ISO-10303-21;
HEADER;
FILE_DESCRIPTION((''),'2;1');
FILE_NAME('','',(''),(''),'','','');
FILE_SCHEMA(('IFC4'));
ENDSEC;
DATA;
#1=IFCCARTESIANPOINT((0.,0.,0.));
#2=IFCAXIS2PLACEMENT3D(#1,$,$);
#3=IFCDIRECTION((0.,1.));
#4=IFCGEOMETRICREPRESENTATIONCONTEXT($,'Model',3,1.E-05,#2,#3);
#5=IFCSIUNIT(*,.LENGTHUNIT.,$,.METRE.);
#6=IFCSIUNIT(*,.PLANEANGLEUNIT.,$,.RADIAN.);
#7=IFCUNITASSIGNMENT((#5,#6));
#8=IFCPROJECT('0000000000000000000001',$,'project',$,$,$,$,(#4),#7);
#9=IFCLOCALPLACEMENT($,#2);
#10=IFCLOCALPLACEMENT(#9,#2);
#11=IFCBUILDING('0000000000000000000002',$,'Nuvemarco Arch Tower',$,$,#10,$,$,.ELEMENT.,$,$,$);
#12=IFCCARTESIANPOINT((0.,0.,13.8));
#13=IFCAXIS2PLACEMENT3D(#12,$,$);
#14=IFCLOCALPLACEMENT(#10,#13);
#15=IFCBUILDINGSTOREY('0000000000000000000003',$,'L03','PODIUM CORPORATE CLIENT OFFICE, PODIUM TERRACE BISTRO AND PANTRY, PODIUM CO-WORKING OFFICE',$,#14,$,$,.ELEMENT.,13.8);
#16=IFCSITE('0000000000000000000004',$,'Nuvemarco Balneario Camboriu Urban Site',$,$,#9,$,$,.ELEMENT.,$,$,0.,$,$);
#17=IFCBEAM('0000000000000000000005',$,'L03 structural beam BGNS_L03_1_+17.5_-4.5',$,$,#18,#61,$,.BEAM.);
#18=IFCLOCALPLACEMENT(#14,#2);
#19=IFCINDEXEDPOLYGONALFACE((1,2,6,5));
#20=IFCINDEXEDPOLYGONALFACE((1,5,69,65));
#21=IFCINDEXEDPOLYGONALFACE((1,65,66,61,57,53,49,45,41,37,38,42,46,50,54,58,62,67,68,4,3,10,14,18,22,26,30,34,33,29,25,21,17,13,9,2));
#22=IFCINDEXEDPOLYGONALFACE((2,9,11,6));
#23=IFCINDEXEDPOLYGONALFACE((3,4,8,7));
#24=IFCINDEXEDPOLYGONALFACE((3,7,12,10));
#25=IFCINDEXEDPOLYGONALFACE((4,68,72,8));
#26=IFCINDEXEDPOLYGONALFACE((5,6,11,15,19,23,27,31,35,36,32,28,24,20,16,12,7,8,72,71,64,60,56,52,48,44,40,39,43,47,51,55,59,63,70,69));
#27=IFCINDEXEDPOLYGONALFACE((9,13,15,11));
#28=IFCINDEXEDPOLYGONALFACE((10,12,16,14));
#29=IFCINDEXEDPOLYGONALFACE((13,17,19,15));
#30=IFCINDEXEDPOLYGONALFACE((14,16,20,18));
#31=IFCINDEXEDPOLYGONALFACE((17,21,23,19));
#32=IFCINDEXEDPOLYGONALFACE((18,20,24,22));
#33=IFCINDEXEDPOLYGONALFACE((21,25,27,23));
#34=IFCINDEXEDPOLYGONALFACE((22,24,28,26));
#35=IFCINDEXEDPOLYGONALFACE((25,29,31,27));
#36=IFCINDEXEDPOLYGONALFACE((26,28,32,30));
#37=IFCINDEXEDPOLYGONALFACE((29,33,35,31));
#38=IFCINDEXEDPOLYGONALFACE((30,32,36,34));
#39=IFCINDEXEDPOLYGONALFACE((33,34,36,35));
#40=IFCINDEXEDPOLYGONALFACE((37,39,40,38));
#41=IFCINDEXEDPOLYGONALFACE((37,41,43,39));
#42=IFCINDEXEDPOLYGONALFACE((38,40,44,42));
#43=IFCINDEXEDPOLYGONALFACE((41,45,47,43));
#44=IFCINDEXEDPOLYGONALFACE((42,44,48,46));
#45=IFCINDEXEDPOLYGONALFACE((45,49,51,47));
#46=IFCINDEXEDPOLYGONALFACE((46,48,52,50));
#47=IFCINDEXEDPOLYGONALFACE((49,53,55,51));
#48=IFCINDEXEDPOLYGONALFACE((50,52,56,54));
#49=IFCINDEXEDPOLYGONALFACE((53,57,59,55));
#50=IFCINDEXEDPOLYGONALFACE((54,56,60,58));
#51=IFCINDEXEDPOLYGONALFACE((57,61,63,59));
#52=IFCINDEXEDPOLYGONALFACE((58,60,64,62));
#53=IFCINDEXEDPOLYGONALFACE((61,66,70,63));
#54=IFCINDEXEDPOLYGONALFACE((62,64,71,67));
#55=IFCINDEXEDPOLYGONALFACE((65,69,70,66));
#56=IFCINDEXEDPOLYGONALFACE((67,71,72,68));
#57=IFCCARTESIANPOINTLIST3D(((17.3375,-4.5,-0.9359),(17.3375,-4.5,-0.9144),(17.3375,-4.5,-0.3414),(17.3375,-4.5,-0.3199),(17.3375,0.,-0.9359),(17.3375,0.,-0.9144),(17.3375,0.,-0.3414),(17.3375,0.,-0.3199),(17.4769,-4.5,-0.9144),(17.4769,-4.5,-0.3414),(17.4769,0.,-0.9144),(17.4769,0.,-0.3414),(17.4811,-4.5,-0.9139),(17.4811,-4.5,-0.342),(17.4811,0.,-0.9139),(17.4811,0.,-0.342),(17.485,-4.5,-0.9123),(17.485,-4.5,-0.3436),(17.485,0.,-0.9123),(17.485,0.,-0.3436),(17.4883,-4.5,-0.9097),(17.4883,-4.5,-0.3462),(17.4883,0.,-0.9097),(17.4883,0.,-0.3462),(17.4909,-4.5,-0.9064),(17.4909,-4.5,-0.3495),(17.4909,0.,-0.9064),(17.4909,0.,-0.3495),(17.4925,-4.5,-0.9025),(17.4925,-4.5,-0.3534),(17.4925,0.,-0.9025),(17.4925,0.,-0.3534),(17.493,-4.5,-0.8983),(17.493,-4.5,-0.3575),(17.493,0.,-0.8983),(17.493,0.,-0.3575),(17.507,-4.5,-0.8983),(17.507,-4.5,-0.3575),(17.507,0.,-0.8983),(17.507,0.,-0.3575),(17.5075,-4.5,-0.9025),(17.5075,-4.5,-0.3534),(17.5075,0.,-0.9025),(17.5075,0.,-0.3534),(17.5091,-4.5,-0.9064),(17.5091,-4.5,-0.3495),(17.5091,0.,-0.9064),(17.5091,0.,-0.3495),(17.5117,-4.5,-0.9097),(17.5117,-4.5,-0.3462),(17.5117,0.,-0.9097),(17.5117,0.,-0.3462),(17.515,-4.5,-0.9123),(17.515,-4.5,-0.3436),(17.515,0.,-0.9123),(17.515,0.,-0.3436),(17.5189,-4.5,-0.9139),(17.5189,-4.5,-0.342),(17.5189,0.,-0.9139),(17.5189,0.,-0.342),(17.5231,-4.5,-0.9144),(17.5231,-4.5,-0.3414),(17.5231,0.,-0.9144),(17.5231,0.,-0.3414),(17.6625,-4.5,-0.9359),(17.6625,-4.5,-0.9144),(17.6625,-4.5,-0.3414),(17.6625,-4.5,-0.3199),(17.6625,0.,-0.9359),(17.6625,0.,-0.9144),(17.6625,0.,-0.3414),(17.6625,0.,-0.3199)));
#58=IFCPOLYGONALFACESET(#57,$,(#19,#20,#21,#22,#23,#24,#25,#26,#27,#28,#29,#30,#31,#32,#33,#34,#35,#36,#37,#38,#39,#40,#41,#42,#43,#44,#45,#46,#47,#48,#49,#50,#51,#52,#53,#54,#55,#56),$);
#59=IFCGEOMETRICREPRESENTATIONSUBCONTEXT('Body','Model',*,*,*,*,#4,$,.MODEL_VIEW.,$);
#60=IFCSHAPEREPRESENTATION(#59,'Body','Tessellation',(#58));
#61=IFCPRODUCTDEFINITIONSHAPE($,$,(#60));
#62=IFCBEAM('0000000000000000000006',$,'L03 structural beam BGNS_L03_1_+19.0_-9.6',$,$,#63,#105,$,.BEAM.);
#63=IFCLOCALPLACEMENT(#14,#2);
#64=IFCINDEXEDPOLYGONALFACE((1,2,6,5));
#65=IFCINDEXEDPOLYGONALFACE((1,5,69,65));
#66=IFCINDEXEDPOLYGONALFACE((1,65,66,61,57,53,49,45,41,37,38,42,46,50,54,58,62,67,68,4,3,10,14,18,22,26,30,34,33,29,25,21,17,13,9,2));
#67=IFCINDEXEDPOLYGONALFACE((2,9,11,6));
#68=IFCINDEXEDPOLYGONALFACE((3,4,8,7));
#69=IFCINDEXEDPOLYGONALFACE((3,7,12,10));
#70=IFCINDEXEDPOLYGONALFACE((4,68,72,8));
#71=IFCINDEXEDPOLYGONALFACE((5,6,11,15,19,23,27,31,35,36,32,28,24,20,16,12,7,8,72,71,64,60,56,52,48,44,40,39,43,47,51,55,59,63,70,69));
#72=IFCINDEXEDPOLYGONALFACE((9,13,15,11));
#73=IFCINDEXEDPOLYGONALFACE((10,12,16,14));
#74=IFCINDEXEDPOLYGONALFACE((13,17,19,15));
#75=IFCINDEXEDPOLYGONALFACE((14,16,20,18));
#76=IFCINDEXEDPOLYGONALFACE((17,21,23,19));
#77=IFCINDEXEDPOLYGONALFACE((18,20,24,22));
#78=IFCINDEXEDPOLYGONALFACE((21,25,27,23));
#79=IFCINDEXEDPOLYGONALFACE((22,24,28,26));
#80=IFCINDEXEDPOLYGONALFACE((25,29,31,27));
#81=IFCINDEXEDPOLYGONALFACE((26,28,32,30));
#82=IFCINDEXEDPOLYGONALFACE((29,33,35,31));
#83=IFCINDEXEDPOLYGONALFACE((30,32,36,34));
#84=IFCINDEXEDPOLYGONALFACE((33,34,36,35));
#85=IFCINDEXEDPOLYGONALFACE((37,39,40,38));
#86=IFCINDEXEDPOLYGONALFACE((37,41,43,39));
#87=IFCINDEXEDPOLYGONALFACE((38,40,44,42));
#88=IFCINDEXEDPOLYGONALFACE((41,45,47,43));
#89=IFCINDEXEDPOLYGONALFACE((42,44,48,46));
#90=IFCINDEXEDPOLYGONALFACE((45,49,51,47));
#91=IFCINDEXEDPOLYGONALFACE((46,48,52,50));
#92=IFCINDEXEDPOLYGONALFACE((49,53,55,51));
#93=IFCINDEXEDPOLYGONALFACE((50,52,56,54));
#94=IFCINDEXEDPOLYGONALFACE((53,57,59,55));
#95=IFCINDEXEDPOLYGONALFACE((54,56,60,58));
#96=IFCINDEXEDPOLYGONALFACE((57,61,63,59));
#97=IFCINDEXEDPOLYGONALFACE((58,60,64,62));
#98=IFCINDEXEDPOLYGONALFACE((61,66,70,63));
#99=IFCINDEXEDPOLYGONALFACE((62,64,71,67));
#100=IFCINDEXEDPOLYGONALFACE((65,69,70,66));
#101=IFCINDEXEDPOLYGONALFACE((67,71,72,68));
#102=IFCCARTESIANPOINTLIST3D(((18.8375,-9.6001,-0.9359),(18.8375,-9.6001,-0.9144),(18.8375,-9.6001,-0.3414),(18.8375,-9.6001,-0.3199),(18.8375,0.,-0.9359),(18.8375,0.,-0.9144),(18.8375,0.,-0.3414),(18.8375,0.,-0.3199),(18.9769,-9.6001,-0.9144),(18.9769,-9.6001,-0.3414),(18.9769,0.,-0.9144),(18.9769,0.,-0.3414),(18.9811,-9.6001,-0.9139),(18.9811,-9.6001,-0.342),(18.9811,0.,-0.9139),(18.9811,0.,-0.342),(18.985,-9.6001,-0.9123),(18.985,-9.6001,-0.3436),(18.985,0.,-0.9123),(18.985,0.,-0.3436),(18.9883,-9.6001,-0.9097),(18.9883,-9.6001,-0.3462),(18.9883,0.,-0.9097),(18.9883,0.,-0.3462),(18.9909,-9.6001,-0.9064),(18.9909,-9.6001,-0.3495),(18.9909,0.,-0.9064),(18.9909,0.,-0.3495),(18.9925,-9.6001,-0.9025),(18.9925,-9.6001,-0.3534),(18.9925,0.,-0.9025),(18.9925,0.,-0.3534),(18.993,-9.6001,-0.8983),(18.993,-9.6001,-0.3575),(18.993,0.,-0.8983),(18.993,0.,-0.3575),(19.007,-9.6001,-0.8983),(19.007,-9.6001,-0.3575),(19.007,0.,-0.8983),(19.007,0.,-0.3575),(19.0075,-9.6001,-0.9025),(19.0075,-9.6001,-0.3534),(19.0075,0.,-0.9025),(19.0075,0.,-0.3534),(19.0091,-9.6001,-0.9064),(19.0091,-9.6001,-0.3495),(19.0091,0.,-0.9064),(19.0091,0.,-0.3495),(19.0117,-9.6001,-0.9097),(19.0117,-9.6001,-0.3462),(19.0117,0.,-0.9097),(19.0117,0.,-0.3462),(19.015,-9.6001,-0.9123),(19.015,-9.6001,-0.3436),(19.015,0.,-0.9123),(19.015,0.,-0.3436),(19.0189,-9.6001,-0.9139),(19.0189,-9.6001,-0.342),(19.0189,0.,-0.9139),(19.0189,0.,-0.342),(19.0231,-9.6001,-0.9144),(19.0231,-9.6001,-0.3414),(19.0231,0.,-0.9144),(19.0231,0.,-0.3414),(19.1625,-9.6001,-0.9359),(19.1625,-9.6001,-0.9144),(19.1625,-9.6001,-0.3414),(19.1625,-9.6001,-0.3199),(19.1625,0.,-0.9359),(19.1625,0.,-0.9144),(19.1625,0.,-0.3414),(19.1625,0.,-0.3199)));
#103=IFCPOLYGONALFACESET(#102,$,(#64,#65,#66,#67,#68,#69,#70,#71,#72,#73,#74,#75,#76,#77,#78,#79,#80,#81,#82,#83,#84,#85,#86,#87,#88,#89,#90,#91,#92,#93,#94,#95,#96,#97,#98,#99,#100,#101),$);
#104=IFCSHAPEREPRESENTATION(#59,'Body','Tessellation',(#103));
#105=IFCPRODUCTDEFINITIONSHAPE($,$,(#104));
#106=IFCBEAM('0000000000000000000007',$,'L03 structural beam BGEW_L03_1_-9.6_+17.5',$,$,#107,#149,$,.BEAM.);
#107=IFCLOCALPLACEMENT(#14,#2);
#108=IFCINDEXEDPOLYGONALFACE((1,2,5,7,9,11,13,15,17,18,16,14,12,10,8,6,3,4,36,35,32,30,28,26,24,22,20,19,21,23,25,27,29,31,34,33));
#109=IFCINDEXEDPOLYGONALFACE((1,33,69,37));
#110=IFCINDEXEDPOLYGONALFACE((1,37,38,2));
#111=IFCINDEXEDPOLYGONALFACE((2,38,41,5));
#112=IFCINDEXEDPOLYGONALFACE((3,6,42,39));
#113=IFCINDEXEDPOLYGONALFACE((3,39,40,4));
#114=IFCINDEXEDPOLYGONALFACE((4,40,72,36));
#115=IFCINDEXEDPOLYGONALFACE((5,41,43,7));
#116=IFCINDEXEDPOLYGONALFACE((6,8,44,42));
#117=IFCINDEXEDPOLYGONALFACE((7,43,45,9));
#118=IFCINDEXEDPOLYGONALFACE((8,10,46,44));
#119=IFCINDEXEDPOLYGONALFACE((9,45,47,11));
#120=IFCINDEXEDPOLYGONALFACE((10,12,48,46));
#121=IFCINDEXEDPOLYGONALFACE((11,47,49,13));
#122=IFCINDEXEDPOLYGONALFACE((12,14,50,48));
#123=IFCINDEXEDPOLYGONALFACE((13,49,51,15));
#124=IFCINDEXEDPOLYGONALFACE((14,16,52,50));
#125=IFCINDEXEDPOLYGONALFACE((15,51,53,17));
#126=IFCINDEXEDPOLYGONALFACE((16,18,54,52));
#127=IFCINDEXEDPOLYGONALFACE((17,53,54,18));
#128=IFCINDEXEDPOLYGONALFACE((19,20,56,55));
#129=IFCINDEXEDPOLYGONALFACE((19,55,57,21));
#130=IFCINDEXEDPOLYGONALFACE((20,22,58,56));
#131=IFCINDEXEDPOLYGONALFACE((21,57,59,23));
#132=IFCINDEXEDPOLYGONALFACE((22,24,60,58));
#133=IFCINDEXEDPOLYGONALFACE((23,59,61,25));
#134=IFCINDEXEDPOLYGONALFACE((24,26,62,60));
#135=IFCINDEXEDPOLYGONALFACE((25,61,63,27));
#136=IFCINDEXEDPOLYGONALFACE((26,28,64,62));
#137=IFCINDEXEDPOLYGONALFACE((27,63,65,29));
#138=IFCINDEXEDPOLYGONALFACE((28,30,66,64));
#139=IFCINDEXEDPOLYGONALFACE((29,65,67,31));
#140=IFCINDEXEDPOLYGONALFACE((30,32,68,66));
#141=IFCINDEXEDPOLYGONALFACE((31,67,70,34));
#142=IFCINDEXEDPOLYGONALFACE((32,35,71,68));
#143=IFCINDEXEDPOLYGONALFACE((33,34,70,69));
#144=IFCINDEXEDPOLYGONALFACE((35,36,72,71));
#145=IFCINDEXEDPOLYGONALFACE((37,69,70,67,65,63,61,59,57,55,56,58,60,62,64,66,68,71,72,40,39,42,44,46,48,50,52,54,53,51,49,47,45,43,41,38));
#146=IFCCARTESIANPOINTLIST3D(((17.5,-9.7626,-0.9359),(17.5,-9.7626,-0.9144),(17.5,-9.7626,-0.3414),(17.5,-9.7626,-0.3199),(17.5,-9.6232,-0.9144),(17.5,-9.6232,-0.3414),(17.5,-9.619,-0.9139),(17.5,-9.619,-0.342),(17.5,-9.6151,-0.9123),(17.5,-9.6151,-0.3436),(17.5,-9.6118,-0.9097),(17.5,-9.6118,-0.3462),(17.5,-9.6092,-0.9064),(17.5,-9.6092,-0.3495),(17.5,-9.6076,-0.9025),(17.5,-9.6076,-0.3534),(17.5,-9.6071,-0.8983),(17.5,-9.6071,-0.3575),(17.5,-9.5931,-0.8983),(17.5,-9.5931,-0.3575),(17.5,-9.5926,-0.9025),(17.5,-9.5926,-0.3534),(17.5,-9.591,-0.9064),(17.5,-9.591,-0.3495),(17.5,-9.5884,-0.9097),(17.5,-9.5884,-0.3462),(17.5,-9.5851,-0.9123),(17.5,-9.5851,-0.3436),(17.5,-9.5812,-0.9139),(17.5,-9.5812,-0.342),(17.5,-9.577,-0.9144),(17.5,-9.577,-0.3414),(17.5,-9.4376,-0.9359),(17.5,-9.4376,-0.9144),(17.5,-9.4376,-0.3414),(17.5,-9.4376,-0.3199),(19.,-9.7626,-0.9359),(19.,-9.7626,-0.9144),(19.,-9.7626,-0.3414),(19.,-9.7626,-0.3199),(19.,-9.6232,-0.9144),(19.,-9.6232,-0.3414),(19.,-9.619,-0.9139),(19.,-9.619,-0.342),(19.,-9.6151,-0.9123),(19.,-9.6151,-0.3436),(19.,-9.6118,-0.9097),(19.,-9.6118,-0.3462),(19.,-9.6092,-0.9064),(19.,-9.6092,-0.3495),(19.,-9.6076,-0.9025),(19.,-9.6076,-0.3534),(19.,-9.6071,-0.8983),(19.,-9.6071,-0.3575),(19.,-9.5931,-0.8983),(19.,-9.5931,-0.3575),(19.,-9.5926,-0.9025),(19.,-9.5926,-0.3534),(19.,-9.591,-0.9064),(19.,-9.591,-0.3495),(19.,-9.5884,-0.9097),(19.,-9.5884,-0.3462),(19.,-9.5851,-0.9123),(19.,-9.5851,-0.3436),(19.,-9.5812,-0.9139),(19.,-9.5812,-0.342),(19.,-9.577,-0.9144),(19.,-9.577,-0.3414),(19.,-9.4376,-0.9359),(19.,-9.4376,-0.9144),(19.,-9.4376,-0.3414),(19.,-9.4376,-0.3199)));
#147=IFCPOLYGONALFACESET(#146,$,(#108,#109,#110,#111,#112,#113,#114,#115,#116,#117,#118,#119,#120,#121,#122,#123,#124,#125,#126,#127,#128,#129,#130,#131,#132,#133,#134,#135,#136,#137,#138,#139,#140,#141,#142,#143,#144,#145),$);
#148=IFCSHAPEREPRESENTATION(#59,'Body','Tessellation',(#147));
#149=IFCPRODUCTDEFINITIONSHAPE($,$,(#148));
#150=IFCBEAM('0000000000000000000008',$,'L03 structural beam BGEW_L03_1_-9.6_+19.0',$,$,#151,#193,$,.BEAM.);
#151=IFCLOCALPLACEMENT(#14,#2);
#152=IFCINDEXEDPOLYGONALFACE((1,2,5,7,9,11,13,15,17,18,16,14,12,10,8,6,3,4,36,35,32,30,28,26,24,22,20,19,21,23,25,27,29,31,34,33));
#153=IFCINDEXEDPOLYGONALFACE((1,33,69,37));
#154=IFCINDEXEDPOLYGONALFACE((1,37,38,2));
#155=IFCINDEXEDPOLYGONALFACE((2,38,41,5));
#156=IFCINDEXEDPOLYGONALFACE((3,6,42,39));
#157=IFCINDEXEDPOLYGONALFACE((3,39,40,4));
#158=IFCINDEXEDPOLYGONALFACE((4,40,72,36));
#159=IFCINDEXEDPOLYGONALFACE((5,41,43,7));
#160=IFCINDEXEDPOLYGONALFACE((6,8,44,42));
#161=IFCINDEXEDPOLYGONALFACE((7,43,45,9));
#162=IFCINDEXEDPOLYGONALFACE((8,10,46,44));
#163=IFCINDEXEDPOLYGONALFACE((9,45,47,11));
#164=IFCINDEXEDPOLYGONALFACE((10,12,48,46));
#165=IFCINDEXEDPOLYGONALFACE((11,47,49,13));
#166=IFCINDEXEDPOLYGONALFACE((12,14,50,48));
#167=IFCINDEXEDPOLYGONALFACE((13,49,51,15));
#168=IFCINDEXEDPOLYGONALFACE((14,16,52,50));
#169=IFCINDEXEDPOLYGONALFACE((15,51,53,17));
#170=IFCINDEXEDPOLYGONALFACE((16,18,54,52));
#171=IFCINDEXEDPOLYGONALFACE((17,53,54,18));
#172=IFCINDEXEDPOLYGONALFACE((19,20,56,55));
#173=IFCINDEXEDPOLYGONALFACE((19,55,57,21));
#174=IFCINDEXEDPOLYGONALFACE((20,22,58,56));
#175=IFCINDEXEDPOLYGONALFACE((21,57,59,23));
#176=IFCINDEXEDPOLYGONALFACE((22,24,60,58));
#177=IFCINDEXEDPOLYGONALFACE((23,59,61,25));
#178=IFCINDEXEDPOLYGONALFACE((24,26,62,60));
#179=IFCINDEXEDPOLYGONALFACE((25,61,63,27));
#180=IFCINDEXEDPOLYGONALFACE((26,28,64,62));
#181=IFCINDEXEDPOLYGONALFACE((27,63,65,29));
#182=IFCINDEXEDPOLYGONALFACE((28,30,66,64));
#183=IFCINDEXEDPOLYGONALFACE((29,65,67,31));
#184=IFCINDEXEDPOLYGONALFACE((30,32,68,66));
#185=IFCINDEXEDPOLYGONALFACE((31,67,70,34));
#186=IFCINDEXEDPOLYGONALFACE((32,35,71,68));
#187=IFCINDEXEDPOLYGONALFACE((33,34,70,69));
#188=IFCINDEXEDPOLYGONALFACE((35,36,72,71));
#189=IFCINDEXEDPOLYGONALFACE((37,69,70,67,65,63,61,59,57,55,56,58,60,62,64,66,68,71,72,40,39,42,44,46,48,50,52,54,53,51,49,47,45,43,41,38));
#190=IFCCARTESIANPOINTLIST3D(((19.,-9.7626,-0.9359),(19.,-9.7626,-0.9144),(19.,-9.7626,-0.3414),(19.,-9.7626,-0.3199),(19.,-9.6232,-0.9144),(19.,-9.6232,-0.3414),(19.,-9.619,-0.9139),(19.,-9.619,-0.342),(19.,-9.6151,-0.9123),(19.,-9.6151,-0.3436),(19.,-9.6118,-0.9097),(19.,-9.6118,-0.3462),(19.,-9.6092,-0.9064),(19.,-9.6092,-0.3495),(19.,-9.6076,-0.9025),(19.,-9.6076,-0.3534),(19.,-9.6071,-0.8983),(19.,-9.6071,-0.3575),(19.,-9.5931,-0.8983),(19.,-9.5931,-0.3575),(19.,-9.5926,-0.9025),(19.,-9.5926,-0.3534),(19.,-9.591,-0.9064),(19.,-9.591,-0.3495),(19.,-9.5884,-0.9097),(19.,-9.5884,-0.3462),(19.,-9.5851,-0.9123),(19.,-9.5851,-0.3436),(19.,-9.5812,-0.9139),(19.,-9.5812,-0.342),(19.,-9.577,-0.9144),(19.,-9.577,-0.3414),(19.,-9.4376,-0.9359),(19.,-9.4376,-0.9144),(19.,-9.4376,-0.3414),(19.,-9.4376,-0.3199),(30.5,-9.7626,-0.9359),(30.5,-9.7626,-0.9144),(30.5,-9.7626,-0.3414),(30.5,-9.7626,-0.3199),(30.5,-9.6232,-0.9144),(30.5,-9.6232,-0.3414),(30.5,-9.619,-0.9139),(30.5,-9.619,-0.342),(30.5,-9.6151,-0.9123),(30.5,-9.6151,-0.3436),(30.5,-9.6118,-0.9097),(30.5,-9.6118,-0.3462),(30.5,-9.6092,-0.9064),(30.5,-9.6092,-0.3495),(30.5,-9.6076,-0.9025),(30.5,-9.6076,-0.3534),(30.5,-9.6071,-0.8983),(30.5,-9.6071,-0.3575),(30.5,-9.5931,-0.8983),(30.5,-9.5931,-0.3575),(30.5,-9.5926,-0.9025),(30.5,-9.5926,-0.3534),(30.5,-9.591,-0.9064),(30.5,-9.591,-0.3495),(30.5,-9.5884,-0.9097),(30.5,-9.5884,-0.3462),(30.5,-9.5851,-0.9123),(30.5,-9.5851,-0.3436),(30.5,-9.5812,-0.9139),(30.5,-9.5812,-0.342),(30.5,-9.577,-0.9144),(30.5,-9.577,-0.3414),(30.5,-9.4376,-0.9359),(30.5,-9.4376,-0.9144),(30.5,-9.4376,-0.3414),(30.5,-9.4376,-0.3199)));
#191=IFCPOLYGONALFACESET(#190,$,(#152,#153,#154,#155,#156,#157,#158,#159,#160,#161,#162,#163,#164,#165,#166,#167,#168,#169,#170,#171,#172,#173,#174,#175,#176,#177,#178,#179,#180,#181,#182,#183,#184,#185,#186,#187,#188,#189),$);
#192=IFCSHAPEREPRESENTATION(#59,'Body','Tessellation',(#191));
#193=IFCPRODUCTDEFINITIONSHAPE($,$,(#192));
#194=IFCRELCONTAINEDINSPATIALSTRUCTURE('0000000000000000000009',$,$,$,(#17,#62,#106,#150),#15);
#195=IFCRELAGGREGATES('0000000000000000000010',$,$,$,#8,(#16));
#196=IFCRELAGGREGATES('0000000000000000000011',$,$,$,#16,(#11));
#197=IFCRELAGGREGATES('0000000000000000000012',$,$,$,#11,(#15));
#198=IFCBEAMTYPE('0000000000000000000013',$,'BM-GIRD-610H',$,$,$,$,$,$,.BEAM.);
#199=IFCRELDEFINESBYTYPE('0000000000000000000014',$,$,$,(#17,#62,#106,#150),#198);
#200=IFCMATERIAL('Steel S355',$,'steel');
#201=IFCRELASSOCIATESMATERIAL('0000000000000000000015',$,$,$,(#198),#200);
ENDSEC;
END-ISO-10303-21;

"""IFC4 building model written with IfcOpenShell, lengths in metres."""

from ifc_helpers import new_model, si_unit, direction, frame, origin, origin_2d, place, context, subcontext, project, spatial, i_section, extrude, material, material_profile, profile_set, type_object, element, save


model = new_model("IFC4")

# Units and contexts
model_context = context("Model", 3, precision=1e-05, world=origin(), true_north=direction((0.0, 1.0)))
body_context = subcontext(model_context, "Body", "Model", "MODEL_VIEW")
ifc_project = project(units=[si_unit("LENGTHUNIT", "METRE"), si_unit("PLANEANGLEUNIT", "RADIAN")], contexts=[model_context])

# Site, building, storey
site_placement = place(None, origin())
site = spatial("IfcSite", under=ifc_project, at=site_placement, Name="Nuvemarco Balneario Camboriu Urban Site", CompositionType="ELEMENT", RefElevation=0.0)
building_placement = place(site_placement, origin())
building = spatial("IfcBuilding", under=site, at=building_placement, Name="Nuvemarco Arch Tower", CompositionType="ELEMENT")
storey_placement = place(building_placement, frame((0.0, 0.0, 13.8)))
storey = spatial("IfcBuildingStorey", under=building, at=storey_placement, Name="L03", Description="PODIUM CORPORATE CLIENT OFFICE, PODIUM TERRACE BISTRO AND PANTRY, PODIUM CO-WORKING OFFICE", CompositionType="ELEMENT", Elevation=13.8)

# Beams
ifc_material_1 = material(Name="Steel S355", Category="steel")
ifc_material_profile_1 = material_profile(ifc_material_1, i_section(OverallWidth=0.325, OverallDepth=0.616, WebThickness=0.0139, FlangeThickness=0.0215, FilletRadius=0.0161, at=origin_2d()), Name="W610x174")
ifc_profile_set_1 = profile_set([ifc_material_profile_1], Name="Steel S355")
beam_type_1 = type_object("IfcBeamType", Name="BM-GIRD-610H", PredefinedType="BEAM", material=ifc_profile_set_1)
beam_1_placement = place(storey_placement, frame((17.5, -4.5, -0.6279), z_axis=(0.0, 1.0, 0.0), x_axis=(-1.0, 0.0, 0.0)))
element("IfcBeam", 1, at=beam_1_placement, inside=storey, type_object=beam_type_1, Name="L03 structural beam BGNS_L03_1_+17.5_-4.5", PredefinedType="BEAM", context=body_context, shape_type="SweptSolid", body=[
    extrude(i_section(OverallWidth=0.325, OverallDepth=0.616, WebThickness=0.0139, FlangeThickness=0.0215, FilletRadius=0.0161, at=origin_2d()), origin(), (0.0, 0.0, 1.0), 4.5),
])
beam_2_placement = place(storey_placement, frame((19.0, -9.6001, -0.6279), z_axis=(0.0, 1.0, 0.0), x_axis=(-1.0, 0.0, 0.0)))
element("IfcBeam", 2, at=beam_2_placement, inside=storey, type_object=beam_type_1, Name="L03 structural beam BGNS_L03_1_+19.0_-9.6", PredefinedType="BEAM", context=body_context, shape_type="SweptSolid", body=[
    extrude(i_section(OverallWidth=0.325, OverallDepth=0.616, WebThickness=0.0139, FlangeThickness=0.0215, FilletRadius=0.0161, at=origin_2d()), origin(), (0.0, 0.0, 1.0), 9.6001),
])
beam_3_placement = place(storey_placement, frame((17.5, -9.6001, -0.6279), z_axis=(1.0, 0.0, 0.0), x_axis=(0.0, 1.0, 0.0)))
element("IfcBeam", 3, at=beam_3_placement, inside=storey, type_object=beam_type_1, Name="L03 structural beam BGEW_L03_1_-9.6_+17.5", PredefinedType="BEAM", context=body_context, shape_type="SweptSolid", body=[
    extrude(i_section(OverallWidth=0.325, OverallDepth=0.616, WebThickness=0.0139, FlangeThickness=0.0215, FilletRadius=0.0161, at=origin_2d()), origin(), (0.0, 0.0, 1.0), 1.5),
])
beam_4_placement = place(storey_placement, frame((19.0, -9.6001, -0.6279), z_axis=(1.0, 0.0, 0.0), x_axis=(0.0, 1.0, 0.0)))
element("IfcBeam", 4, at=beam_4_placement, inside=storey, type_object=beam_type_1, Name="L03 structural beam BGEW_L03_1_-9.6_+19.0", PredefinedType="BEAM", context=body_context, shape_type="SweptSolid", body=[
    extrude(i_section(OverallWidth=0.325, OverallDepth=0.616, WebThickness=0.0139, FlangeThickness=0.0215, FilletRadius=0.0161, at=origin_2d()), origin(), (0.0, 0.0, 1.0), 11.5),
])

save(model, "model.ifc")
